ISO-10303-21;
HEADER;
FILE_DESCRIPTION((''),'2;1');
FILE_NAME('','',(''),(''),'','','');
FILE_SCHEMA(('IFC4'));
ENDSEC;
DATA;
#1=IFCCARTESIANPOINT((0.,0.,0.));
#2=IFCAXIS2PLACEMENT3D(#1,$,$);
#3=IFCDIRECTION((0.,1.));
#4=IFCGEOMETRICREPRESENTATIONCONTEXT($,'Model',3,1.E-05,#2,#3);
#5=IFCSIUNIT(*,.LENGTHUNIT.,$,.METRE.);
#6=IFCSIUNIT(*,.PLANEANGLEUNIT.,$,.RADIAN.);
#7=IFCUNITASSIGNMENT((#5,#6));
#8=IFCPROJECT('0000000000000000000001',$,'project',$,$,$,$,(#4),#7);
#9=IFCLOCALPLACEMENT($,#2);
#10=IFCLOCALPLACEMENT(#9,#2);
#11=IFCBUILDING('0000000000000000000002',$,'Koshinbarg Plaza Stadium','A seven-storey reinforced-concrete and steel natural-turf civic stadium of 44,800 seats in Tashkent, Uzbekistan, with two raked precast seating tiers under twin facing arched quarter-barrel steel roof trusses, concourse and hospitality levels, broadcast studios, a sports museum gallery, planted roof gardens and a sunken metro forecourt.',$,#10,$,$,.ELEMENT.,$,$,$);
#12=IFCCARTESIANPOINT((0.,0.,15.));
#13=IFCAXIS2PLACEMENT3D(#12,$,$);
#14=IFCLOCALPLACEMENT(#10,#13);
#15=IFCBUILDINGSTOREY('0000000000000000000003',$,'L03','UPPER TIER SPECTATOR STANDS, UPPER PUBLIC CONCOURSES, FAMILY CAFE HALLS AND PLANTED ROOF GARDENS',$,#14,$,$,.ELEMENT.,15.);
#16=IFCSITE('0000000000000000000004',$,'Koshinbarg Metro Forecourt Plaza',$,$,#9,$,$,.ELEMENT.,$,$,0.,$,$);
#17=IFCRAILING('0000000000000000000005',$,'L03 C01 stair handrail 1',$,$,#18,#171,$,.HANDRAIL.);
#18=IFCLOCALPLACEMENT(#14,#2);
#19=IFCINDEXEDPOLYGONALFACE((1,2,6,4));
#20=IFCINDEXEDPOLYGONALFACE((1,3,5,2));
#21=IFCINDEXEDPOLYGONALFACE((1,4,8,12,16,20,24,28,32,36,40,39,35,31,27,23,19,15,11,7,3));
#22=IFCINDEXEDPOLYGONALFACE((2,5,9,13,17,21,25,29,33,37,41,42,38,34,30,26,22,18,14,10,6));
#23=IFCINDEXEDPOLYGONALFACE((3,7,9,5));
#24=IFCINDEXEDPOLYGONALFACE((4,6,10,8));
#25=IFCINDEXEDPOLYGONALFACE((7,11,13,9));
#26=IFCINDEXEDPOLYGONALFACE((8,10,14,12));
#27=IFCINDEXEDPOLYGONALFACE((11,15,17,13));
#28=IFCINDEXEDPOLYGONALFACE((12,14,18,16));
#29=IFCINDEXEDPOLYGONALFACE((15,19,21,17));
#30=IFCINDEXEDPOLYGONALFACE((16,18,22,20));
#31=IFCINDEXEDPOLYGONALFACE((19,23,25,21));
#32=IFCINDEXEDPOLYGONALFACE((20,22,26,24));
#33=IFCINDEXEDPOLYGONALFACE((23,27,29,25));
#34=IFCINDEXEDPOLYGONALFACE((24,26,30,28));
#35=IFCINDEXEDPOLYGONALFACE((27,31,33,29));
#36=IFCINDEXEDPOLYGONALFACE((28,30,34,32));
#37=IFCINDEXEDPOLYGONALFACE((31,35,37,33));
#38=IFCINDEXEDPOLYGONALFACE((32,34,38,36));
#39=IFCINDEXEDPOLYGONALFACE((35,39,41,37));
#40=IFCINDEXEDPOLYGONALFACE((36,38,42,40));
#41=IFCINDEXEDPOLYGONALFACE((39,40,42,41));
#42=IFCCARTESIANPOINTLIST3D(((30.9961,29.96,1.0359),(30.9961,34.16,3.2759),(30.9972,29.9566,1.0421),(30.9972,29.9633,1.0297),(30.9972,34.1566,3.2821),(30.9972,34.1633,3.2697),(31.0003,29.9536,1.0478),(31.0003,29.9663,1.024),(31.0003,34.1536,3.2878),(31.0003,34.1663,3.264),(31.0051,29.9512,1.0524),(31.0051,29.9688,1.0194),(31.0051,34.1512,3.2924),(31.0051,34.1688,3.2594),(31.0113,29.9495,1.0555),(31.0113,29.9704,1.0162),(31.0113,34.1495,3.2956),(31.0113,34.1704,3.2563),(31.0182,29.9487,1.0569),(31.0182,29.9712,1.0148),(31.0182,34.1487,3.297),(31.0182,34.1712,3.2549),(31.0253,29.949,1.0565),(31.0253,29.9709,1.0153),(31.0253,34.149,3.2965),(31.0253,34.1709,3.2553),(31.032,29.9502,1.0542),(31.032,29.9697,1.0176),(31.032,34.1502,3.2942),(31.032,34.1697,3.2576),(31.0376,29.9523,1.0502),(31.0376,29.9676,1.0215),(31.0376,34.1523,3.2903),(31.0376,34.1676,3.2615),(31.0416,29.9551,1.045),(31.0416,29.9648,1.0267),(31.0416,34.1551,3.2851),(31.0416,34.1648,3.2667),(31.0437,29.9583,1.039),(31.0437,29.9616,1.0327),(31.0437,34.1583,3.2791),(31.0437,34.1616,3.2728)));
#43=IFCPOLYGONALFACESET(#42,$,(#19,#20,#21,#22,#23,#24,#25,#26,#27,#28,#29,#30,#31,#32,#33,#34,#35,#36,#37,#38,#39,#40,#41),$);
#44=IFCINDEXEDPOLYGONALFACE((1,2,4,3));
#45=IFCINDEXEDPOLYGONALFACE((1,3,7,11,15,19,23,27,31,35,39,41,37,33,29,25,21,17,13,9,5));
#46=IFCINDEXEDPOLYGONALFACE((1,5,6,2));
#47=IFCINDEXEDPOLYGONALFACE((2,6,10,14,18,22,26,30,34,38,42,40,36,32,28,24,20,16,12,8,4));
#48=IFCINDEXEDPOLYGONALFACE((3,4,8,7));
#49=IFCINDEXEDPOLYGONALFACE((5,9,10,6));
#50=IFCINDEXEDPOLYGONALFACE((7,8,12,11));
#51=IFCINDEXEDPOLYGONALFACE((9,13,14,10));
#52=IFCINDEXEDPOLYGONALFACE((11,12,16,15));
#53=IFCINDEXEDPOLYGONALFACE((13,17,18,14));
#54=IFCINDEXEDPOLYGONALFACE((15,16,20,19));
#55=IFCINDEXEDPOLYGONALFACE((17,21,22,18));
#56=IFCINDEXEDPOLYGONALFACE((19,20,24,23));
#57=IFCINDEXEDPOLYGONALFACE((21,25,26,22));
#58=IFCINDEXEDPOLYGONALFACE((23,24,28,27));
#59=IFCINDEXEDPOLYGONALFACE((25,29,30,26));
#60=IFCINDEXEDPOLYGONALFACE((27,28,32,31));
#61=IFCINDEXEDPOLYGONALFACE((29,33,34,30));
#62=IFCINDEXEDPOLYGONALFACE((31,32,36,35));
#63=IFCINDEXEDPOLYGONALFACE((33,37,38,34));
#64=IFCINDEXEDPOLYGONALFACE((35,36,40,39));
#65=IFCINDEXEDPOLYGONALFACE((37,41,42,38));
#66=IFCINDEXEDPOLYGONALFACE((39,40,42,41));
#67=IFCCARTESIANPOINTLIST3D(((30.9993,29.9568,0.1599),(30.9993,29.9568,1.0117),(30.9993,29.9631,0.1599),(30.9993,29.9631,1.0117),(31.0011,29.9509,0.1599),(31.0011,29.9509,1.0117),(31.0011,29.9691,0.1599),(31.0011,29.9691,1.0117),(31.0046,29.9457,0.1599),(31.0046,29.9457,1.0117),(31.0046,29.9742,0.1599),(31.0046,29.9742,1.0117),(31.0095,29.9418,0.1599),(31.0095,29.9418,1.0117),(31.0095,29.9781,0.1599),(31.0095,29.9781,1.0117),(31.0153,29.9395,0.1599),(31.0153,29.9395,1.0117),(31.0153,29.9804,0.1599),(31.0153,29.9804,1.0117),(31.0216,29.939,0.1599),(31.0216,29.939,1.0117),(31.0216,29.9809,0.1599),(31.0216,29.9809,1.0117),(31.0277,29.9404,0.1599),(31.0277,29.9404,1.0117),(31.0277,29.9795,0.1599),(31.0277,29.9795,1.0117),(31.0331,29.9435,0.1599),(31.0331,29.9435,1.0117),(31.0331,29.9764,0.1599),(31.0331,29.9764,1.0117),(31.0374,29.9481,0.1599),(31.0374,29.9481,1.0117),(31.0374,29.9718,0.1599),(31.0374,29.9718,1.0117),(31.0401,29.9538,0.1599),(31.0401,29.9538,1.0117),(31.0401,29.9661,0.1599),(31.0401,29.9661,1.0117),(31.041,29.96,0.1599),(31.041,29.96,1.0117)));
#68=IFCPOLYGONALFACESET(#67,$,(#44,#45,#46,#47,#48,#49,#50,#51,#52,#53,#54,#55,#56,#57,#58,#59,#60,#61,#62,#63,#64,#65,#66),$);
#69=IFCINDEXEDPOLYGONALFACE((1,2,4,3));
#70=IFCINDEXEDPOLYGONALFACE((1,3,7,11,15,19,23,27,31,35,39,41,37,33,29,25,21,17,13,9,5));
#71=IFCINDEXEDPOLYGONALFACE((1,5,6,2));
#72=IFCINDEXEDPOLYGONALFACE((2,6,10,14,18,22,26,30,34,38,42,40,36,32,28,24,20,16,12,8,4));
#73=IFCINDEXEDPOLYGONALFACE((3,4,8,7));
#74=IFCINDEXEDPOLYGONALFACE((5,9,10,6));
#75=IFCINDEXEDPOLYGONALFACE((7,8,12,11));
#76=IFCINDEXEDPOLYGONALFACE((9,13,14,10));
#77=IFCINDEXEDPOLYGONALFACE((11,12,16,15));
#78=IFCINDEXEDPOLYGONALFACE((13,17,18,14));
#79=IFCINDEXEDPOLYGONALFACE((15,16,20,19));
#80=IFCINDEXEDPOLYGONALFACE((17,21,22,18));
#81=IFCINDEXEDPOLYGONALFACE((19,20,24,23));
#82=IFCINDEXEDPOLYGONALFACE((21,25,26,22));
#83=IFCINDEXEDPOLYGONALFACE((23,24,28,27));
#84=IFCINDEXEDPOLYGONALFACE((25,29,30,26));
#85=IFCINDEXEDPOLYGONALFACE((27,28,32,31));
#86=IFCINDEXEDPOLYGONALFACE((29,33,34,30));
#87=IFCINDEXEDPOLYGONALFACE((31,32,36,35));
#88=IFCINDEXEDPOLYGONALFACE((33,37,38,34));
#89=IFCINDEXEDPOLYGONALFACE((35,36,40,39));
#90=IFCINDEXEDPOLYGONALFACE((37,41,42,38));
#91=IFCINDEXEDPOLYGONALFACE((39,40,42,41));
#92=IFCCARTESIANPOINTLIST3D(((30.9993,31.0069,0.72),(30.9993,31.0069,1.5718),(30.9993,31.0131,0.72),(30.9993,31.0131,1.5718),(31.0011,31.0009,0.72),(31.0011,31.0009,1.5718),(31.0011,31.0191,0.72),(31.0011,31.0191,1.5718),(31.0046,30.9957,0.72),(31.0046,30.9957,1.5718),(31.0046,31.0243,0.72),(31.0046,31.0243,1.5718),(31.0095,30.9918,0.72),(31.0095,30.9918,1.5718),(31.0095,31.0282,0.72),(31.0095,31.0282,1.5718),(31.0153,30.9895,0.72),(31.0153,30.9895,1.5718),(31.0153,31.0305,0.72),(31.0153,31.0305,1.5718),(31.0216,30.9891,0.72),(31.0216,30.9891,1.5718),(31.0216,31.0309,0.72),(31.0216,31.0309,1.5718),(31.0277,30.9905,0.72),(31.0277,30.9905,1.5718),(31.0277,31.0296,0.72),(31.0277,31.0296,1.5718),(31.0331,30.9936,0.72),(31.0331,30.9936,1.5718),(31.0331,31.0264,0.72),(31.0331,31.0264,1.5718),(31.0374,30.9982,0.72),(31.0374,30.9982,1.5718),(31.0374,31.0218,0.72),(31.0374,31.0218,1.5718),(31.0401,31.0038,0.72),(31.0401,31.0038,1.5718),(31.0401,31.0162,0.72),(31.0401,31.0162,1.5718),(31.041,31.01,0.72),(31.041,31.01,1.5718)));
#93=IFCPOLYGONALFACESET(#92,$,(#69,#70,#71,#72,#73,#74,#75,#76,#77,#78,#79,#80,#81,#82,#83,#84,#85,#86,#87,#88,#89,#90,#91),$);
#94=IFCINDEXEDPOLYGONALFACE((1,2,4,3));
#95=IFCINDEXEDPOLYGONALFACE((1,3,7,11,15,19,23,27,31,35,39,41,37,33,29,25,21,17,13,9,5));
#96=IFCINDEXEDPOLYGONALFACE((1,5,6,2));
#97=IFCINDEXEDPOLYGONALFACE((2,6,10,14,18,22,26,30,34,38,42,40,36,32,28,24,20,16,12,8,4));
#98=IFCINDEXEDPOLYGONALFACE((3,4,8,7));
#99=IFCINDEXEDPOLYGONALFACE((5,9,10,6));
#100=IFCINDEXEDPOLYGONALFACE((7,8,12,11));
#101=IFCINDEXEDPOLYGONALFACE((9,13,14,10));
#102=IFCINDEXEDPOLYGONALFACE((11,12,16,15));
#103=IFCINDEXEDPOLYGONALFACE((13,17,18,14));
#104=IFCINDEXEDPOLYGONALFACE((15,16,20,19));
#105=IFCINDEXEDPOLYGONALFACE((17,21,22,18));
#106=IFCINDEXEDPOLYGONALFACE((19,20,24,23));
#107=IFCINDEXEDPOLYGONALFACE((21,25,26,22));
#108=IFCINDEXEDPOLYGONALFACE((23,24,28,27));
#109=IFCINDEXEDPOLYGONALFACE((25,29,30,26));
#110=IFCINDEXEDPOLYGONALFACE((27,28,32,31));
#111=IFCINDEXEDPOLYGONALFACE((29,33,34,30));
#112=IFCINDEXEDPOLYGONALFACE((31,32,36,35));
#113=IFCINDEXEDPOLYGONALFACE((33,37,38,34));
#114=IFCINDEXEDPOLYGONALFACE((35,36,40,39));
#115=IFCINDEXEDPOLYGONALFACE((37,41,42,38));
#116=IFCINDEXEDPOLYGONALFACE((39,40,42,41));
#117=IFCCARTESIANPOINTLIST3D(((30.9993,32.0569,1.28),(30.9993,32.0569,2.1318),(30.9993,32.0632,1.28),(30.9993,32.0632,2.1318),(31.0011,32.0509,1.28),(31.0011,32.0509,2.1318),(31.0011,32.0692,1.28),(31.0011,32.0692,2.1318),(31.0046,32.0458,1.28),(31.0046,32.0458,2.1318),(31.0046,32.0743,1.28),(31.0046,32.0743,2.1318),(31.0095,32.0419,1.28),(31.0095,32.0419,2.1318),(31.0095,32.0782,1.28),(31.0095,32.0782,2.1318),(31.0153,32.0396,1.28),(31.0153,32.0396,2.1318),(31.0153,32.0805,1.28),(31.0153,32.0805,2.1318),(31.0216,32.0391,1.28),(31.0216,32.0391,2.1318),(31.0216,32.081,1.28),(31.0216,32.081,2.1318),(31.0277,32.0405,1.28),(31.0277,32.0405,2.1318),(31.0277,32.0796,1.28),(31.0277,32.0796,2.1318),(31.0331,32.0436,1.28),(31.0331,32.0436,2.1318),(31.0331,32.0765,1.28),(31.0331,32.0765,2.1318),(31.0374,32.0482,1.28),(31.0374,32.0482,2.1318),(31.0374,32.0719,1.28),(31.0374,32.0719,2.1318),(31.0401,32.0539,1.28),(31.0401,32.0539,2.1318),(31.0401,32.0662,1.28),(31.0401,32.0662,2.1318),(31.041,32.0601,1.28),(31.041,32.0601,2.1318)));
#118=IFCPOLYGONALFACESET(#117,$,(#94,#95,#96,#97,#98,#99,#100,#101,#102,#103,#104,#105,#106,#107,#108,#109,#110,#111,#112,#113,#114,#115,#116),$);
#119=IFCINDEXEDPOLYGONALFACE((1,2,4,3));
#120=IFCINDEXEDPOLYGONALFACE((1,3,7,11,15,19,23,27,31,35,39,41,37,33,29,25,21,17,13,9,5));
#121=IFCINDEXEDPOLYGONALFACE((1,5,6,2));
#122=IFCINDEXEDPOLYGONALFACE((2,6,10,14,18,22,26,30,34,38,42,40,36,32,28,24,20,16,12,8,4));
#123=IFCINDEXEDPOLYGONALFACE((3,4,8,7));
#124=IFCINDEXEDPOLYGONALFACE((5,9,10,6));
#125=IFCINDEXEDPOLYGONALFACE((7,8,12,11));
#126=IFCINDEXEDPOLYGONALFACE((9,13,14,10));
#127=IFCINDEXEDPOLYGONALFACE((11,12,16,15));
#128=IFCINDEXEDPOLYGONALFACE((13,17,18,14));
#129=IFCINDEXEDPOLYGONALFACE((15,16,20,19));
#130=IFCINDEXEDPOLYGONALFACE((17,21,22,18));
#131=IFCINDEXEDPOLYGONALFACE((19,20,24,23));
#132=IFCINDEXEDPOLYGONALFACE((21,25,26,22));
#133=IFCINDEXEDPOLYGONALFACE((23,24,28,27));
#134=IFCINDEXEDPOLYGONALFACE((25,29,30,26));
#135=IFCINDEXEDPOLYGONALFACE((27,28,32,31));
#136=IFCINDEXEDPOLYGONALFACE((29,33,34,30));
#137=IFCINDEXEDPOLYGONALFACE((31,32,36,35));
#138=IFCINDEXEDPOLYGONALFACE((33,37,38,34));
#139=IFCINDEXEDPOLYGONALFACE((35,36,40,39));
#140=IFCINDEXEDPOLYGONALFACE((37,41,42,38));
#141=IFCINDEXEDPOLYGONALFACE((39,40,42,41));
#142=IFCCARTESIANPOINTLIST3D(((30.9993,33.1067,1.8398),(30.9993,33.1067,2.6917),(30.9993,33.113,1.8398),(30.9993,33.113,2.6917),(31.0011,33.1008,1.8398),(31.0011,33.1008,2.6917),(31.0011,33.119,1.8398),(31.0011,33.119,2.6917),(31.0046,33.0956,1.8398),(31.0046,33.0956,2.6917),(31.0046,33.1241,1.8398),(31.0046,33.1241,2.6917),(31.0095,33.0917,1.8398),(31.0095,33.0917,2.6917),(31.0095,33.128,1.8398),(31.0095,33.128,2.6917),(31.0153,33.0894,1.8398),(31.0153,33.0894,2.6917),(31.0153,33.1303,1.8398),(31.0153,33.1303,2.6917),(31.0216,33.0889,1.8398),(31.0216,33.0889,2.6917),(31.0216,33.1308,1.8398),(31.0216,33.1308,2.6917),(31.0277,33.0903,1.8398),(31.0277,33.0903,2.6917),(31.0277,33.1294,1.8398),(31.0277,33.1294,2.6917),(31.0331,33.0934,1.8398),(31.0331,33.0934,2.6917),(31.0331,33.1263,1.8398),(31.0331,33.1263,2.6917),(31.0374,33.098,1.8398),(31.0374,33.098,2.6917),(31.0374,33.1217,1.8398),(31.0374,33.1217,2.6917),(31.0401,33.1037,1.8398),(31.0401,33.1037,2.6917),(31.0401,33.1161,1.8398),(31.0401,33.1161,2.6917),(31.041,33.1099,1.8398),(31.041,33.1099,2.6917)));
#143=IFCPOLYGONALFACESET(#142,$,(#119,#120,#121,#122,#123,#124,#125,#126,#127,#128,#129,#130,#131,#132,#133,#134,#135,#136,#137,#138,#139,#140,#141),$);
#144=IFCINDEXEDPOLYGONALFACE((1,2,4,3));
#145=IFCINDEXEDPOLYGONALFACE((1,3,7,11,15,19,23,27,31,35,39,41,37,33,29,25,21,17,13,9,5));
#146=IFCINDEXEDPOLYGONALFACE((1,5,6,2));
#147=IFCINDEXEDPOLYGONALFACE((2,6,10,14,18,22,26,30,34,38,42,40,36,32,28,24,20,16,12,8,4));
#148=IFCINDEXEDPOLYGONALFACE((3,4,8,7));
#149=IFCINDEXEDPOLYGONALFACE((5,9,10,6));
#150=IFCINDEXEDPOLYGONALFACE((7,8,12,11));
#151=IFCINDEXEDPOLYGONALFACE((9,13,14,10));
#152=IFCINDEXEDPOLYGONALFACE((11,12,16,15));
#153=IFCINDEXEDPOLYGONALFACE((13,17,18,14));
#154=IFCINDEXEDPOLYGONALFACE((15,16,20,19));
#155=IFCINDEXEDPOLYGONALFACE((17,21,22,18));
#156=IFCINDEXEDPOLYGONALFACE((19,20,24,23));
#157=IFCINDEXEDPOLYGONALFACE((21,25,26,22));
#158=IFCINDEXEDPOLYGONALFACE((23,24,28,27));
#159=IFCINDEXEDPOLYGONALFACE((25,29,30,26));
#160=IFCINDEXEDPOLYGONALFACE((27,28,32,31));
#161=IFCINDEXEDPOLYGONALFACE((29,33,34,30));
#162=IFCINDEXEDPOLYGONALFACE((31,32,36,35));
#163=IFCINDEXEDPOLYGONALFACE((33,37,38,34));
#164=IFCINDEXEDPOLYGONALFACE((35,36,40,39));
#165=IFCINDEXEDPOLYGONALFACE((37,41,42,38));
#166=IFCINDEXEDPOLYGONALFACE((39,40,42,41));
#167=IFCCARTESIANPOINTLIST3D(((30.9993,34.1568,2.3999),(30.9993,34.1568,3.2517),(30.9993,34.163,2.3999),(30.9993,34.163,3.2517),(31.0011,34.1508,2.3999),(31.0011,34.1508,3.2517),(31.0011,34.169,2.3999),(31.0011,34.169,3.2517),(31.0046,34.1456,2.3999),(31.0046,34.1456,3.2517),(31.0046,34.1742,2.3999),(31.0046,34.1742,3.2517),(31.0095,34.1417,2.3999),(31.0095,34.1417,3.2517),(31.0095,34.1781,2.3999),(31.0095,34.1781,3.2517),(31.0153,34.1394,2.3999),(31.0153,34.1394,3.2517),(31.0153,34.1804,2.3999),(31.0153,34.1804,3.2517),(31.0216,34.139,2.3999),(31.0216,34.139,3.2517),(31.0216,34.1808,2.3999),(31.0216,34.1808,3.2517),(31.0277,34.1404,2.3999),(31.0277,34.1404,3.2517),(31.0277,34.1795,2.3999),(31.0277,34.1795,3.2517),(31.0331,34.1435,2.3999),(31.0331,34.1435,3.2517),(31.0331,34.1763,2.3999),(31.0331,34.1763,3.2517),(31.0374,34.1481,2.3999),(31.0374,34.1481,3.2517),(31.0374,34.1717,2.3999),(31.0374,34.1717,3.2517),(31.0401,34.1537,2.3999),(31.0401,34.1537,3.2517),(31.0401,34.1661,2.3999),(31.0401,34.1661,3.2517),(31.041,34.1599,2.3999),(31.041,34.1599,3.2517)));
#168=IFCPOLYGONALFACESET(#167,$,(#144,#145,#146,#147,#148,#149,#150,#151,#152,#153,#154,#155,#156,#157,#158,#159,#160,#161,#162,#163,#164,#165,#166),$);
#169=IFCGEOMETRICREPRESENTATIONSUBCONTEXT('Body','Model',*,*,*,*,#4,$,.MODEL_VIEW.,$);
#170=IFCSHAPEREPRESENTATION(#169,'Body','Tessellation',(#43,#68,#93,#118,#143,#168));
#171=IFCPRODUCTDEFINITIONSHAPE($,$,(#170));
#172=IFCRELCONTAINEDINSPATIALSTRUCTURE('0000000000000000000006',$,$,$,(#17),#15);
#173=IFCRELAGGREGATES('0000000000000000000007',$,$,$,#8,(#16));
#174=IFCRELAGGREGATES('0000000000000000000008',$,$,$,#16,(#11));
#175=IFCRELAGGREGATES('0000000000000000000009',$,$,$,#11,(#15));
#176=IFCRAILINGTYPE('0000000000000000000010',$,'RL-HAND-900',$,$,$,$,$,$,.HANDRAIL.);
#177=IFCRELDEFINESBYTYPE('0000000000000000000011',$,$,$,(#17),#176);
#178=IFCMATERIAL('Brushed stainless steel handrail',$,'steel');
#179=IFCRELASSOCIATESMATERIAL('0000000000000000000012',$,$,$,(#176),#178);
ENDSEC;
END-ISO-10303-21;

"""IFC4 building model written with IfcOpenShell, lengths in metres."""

from ifc_helpers import new_model, si_unit, direction, frame, origin, origin_2d, place, context, subcontext, project, spatial, circle, extrude, material, type_object, element, save


model = new_model("IFC4")

# Units and contexts
model_context = context("Model", 3, precision=1e-05, world=origin(), true_north=direction((0.0, 1.0)))
body_context = subcontext(model_context, "Body", "Model", "MODEL_VIEW")
ifc_project = project(units=[si_unit("LENGTHUNIT", "METRE"), si_unit("PLANEANGLEUNIT", "RADIAN")], contexts=[model_context])

# Site, building, storey
site_placement = place(None, origin())
site = spatial("IfcSite", under=ifc_project, at=site_placement, Name="Koshinbarg Metro Forecourt Plaza", CompositionType="ELEMENT", RefElevation=0.0)
building_placement = place(site_placement, origin())
building = spatial("IfcBuilding", under=site, at=building_placement, Name="Koshinbarg Plaza Stadium", Description="A seven-storey reinforced-concrete and steel natural-turf civic stadium of 44,800 seats in Tashkent, Uzbekistan, with two raked precast seating tiers under twin facing arched quarter-barrel steel roof trusses, concourse and hospitality levels, broadcast studios, a sports museum gallery, planted roof gardens and a sunken metro forecourt.", CompositionType="ELEMENT")
storey_placement = place(building_placement, frame((0.0, 0.0, 15.0)))
storey = spatial("IfcBuildingStorey", under=building, at=storey_placement, Name="L03", Description="UPPER TIER SPECTATOR STANDS, UPPER PUBLIC CONCOURSES, FAMILY CAFE HALLS AND PLANTED ROOF GARDENS", CompositionType="ELEMENT", Elevation=15.0)

# Railing
ifc_material_1 = material(Name="Brushed stainless steel handrail", Category="steel")
railing_type_1 = type_object("IfcRailingType", Name="RL-HAND-900", PredefinedType="HANDRAIL", material=ifc_material_1)
railing_1_placement = place(storey_placement, frame((31.02, 29.96, 0.1599)))
element("IfcRailing", 1, at=railing_1_placement, inside=storey, type_object=railing_type_1, Name="L03 C01 stair handrail 1", PredefinedType="HANDRAIL", context=body_context, shape_type="SweptSolid", body=[
    extrude(circle(Radius=0.0239, at=origin_2d()), frame((0.0, 0.0, 0.876), z_axis=(0.0, 0.882352, 0.470591), x_axis=(-1.0, 0.0, 0.0)), (0.0, 0.0, 1.0), 4.76),
    extrude(circle(Radius=0.021, at=origin_2d()), origin(), (0.0, 0.0, 1.0), 0.8518),
    extrude(circle(Radius=0.021, at=origin_2d()), frame((0.0, 1.05, 0.5601)), (0.0, 0.0, 1.0), 0.8518),
    extrude(circle(Radius=0.021, at=origin_2d()), frame((0.0, 2.1001, 1.1201)), (0.0, 0.0, 1.0), 0.8518),
    extrude(circle(Radius=0.021, at=origin_2d()), frame((0.0, 3.1499, 1.6799)), (0.0, 0.0, 1.0), 0.8518),
    extrude(circle(Radius=0.021, at=origin_2d()), frame((0.0, 4.2, 2.24)), (0.0, 0.0, 1.0), 0.8518),
])

save(model, "model.ifc")
